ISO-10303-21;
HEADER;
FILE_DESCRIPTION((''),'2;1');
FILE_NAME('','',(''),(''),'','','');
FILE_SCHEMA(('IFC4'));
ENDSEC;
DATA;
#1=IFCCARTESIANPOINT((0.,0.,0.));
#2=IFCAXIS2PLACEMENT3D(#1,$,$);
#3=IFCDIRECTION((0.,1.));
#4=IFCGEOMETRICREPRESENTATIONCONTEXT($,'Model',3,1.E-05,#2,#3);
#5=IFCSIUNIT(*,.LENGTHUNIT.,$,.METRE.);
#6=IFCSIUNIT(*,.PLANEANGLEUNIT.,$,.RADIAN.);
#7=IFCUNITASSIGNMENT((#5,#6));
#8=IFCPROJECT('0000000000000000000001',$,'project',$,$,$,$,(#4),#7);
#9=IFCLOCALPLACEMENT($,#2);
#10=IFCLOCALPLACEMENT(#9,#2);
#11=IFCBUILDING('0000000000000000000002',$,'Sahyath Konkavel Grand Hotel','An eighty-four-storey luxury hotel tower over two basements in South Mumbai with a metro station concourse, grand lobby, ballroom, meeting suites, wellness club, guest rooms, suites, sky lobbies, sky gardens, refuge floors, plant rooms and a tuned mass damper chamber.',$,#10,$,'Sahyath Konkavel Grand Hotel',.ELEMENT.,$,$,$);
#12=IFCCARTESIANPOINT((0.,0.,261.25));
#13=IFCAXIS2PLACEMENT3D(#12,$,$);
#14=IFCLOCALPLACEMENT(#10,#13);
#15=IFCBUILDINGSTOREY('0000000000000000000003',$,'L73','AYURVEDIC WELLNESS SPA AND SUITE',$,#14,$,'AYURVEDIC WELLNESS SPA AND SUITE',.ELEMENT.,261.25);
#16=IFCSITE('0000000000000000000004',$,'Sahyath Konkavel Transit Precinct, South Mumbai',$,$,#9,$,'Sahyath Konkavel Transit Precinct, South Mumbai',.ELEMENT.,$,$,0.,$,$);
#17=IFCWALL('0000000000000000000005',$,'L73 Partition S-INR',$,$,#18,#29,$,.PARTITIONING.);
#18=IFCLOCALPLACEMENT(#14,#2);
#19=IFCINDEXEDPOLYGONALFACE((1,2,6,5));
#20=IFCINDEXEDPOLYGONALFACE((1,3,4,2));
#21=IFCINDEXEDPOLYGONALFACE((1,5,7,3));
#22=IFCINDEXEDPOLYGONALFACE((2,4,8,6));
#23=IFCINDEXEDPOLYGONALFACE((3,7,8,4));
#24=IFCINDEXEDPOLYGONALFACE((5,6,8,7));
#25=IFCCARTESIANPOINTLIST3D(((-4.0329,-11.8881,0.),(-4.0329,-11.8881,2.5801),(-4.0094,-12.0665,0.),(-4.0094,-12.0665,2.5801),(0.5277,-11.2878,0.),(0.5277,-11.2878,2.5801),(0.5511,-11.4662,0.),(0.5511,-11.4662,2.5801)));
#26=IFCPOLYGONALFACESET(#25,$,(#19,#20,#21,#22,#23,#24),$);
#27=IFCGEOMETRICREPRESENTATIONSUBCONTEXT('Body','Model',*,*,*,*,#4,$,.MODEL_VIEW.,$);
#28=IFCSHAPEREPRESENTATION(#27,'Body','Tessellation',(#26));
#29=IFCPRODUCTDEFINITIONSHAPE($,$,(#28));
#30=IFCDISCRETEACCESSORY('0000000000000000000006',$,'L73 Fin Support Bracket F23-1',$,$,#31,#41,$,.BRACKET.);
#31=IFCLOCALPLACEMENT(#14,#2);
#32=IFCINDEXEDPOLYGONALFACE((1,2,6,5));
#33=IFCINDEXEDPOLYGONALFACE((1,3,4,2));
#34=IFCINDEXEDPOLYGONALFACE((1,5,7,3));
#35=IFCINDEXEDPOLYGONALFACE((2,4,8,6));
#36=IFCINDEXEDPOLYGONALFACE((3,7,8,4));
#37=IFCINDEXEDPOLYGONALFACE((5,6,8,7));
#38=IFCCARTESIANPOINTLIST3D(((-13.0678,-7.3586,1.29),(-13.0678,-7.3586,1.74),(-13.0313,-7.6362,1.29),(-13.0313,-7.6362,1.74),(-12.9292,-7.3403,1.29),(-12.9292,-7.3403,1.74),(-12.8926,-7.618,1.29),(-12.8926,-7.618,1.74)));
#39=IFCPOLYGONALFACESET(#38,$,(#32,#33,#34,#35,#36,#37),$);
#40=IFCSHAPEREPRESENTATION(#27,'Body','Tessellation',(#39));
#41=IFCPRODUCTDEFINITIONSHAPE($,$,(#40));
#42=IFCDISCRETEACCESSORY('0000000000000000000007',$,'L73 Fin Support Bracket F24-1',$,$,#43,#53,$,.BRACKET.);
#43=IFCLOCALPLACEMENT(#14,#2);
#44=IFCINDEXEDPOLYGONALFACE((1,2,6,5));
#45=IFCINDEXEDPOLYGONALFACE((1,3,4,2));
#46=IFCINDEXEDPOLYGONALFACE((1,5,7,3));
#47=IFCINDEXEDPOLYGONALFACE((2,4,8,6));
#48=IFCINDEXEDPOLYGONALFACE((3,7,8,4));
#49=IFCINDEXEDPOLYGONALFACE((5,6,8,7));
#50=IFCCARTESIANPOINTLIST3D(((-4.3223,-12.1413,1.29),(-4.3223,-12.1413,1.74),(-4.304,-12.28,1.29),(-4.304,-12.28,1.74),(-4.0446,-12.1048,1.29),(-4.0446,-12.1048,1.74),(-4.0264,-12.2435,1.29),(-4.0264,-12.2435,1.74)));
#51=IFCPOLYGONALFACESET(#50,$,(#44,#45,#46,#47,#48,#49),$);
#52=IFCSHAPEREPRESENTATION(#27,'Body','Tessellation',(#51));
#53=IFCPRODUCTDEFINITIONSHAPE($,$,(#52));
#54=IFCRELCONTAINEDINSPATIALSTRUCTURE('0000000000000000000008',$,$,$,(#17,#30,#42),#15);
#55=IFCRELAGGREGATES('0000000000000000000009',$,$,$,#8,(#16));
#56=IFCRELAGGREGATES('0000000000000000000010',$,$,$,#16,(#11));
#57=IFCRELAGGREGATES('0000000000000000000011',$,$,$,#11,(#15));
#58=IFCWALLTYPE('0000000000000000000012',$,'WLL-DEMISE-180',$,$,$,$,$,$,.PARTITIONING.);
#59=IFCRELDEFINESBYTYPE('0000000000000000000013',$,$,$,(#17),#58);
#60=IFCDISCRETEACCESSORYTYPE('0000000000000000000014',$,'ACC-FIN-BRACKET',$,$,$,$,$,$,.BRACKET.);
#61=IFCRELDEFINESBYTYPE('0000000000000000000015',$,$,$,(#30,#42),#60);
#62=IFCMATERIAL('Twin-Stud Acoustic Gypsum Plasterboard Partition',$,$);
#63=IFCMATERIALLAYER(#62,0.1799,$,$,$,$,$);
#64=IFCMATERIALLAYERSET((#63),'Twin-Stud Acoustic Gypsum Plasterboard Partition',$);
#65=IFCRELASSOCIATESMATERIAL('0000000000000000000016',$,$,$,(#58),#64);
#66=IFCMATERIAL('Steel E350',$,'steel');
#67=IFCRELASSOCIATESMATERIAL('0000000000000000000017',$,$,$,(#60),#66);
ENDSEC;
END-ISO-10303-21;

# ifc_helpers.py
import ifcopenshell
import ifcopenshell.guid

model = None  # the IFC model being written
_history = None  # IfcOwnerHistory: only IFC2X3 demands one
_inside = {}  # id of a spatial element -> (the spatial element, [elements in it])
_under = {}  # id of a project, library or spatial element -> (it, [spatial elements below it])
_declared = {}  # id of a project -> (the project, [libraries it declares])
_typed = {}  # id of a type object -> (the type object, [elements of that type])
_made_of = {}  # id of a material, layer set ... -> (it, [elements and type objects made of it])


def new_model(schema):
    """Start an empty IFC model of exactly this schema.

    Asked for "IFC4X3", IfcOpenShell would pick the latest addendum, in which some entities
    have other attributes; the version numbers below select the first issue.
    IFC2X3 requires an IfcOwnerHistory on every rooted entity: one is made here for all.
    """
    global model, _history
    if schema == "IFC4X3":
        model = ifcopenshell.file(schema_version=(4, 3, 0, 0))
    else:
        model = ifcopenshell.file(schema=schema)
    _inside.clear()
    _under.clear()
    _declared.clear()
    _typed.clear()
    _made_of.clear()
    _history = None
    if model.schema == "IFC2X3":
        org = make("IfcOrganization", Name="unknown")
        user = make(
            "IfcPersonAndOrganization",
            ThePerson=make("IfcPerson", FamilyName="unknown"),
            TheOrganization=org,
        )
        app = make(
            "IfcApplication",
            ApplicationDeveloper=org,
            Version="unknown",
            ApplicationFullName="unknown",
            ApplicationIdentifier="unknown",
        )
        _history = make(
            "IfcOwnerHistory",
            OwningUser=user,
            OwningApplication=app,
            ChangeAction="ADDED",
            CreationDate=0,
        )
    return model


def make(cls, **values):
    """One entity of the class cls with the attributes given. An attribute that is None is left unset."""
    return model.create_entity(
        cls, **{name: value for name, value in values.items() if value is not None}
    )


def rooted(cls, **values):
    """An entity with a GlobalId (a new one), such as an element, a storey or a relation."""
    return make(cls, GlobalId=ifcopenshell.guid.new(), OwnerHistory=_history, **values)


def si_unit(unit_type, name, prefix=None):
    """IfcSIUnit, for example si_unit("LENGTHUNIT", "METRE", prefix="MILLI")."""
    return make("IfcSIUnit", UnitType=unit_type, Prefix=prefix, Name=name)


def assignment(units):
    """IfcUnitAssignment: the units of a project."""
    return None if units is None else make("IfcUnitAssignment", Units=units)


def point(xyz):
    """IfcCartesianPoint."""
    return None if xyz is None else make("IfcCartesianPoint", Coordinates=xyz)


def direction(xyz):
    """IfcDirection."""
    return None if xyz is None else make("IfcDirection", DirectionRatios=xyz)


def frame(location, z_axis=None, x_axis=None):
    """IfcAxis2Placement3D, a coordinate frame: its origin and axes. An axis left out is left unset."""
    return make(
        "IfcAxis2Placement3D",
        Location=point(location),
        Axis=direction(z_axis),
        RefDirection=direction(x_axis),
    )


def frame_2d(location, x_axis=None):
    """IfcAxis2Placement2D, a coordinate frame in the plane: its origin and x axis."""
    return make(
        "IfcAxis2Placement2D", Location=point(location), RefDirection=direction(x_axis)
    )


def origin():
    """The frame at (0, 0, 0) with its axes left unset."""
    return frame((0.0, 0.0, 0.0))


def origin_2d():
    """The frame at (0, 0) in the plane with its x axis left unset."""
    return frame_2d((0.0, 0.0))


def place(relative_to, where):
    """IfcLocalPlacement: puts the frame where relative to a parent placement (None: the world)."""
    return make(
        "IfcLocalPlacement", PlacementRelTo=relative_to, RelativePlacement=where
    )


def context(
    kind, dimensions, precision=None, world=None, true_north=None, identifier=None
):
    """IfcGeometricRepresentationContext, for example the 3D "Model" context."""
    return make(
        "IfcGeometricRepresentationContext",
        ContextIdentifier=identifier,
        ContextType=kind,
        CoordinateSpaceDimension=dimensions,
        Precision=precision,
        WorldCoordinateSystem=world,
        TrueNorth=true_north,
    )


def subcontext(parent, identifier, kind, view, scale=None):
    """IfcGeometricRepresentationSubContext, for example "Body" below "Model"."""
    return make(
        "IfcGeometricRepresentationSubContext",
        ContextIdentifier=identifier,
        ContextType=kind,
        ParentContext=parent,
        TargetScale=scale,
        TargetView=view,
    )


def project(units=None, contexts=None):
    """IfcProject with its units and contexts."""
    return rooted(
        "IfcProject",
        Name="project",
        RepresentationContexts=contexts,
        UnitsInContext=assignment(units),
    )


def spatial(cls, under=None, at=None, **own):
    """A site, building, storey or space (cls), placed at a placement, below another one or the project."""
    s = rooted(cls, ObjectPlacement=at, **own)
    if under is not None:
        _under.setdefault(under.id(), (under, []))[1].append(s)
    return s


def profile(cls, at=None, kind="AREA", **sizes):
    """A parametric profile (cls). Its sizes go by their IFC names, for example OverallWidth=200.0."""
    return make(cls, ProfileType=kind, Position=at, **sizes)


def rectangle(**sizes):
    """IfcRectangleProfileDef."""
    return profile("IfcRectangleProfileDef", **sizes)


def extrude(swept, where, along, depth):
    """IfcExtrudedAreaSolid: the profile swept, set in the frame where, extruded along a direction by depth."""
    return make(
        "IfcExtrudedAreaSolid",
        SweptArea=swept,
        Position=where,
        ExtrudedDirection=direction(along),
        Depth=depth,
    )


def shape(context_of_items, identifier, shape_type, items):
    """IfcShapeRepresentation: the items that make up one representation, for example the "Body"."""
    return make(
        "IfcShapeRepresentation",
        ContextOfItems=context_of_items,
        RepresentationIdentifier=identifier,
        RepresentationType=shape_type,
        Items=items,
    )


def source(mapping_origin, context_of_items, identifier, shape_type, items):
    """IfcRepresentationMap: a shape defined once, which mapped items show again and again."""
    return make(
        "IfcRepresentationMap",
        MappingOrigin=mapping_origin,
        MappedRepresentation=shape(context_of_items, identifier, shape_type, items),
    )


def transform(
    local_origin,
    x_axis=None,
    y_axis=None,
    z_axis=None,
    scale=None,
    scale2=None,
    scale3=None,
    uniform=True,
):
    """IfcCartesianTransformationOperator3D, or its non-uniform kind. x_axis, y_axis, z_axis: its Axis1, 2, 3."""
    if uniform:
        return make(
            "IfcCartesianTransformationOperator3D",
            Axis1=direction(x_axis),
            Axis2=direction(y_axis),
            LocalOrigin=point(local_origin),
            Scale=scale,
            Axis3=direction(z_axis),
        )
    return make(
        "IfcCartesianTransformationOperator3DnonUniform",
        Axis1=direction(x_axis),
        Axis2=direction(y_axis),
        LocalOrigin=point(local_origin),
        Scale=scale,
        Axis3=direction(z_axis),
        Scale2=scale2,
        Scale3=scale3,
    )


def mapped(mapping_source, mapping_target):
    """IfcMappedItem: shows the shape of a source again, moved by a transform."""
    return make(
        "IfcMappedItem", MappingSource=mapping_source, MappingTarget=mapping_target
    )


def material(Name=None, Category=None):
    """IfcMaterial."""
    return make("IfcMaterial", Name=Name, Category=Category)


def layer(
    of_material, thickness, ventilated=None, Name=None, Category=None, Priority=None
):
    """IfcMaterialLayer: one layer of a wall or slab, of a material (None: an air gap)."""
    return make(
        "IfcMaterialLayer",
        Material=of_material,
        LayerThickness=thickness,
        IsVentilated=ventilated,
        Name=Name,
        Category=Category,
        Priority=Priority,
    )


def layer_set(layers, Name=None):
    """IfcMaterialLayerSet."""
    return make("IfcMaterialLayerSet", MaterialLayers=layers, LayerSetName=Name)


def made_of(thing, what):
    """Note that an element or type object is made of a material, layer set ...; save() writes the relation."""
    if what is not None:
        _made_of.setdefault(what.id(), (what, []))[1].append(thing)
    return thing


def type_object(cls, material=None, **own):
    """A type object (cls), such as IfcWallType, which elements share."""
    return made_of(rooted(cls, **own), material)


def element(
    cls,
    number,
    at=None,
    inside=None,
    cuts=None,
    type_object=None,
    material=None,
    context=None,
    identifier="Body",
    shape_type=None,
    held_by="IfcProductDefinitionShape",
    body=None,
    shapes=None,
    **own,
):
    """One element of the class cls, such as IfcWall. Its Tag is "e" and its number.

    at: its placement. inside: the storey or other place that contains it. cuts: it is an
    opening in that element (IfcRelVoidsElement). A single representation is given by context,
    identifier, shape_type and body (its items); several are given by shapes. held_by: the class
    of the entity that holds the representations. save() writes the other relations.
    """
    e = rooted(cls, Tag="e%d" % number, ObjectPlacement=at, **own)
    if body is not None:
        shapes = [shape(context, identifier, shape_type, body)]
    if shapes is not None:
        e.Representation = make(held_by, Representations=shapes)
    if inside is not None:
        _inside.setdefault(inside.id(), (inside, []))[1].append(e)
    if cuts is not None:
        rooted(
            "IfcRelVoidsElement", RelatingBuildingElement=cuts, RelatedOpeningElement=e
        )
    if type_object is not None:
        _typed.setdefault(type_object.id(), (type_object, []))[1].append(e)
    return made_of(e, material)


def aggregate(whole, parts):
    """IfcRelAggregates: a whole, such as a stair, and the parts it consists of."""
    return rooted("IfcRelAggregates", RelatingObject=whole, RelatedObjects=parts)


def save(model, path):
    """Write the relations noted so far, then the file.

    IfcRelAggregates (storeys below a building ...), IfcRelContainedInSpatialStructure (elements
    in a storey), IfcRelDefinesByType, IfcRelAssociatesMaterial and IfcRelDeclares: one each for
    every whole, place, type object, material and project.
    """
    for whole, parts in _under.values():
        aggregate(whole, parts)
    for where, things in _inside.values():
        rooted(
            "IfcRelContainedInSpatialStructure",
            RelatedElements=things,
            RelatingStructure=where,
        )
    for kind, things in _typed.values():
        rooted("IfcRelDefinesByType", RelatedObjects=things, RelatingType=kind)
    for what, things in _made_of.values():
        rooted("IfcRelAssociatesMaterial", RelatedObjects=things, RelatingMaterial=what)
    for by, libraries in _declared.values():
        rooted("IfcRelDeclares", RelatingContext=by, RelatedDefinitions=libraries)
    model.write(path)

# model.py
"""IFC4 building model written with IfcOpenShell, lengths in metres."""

from ifc_helpers import new_model, si_unit, direction, frame, frame_2d, origin, origin_2d, place, context, subcontext, project, spatial, rectangle, extrude, source, transform, mapped, material, layer, layer_set, type_object, element, save


model = new_model("IFC4")

# Units and contexts
model_context = context("Model", 3, precision=1e-05, world=origin(), true_north=direction((0.0, 1.0)))
body_context = subcontext(model_context, "Body", "Model", "MODEL_VIEW")
ifc_project = project(units=[si_unit("LENGTHUNIT", "METRE"), si_unit("PLANEANGLEUNIT", "RADIAN")], contexts=[model_context])

# Site, building, storey
site_placement = place(None, origin())
site = spatial("IfcSite", under=ifc_project, at=site_placement, Name="Sahyath Konkavel Transit Precinct, South Mumbai", LongName="Sahyath Konkavel Transit Precinct, South Mumbai", CompositionType="ELEMENT", RefElevation=0.0)
building_placement = place(site_placement, origin())
building = spatial("IfcBuilding", under=site, at=building_placement, Name="Sahyath Konkavel Grand Hotel", Description="An eighty-four-storey luxury hotel tower over two basements in South Mumbai with a metro station concourse, grand lobby, ballroom, meeting suites, wellness club, guest rooms, suites, sky lobbies, sky gardens, refuge floors, plant rooms and a tuned mass damper chamber.", LongName="Sahyath Konkavel Grand Hotel", CompositionType="ELEMENT")
storey_placement = place(building_placement, frame((0.0, 0.0, 261.25)))
storey = spatial("IfcBuildingStorey", under=building, at=storey_placement, Name="L73", Description="AYURVEDIC WELLNESS SPA AND SUITE", LongName="AYURVEDIC WELLNESS SPA AND SUITE", CompositionType="ELEMENT", Elevation=261.25)

# Shared definitions
ifc_material_1 = material(Name="Steel E350", Category="steel")

# Wall
ifc_material_2 = material(Name="Twin-Stud Acoustic Gypsum Plasterboard Partition")
ifc_layer_1 = layer(ifc_material_2, 0.1799)
ifc_layer_set_1 = layer_set([ifc_layer_1], Name="Twin-Stud Acoustic Gypsum Plasterboard Partition")
wall_type_1 = type_object("IfcWallType", Name="WLL-DEMISE-180", PredefinedType="PARTITIONING", material=ifc_layer_set_1)
wall_1_placement = place(storey_placement, frame((-4.021, -11.9773, 0.0), z_axis=(0.0, 0.0, 1.0), x_axis=(0.991447, 0.130512, 0.0)))
element("IfcWall", 1, at=wall_1_placement, inside=storey, type_object=wall_type_1, Name="L73 Partition S-INR", PredefinedType="PARTITIONING", context=body_context, shape_type="SweptSolid", body=[
    extrude(rectangle(XDim=4.5999, YDim=0.1799, at=frame_2d((2.2998, 0.0))), origin(), (0.0, 0.0, 1.0), 2.5801),
])

# Discrete accessories
discrete_accessory_type = type_object("IfcDiscreteAccessoryType", Name="ACC-FIN-BRACKET", PredefinedType="BRACKET", material=ifc_material_1)
shared_shape_1 = source(origin(), body_context, "Body", "SweptSolid", [
    extrude(rectangle(XDim=0.28, YDim=0.1399, at=origin_2d()), origin(), (0.0, 0.0, 1.0), 0.45),
])
for number, where, z_axis, x_axis, name in (
    (2, (-12.9802, -7.4883, 1.29), (0.0, 0.0, 1.0), (0.130526, -0.991445, 0.0), "L73 Fin Support Bracket F23-1"),
    (3, (-4.1743, -12.1924, 1.29), (0.0, 0.0, 1.0), (-0.991445, -0.130526, 0.0), "L73 Fin Support Bracket F24-1"),
):
    element("IfcDiscreteAccessory", number, at=place(storey_placement, frame(where, z_axis=z_axis, x_axis=x_axis)), inside=storey, type_object=discrete_accessory_type, Name=name, PredefinedType="BRACKET", context=body_context, shape_type="MappedRepresentation", body=[
        mapped(shared_shape_1, transform((0.0, 0.0, 0.0), scale=1.0)),
    ])

save(model, "model.ifc")
